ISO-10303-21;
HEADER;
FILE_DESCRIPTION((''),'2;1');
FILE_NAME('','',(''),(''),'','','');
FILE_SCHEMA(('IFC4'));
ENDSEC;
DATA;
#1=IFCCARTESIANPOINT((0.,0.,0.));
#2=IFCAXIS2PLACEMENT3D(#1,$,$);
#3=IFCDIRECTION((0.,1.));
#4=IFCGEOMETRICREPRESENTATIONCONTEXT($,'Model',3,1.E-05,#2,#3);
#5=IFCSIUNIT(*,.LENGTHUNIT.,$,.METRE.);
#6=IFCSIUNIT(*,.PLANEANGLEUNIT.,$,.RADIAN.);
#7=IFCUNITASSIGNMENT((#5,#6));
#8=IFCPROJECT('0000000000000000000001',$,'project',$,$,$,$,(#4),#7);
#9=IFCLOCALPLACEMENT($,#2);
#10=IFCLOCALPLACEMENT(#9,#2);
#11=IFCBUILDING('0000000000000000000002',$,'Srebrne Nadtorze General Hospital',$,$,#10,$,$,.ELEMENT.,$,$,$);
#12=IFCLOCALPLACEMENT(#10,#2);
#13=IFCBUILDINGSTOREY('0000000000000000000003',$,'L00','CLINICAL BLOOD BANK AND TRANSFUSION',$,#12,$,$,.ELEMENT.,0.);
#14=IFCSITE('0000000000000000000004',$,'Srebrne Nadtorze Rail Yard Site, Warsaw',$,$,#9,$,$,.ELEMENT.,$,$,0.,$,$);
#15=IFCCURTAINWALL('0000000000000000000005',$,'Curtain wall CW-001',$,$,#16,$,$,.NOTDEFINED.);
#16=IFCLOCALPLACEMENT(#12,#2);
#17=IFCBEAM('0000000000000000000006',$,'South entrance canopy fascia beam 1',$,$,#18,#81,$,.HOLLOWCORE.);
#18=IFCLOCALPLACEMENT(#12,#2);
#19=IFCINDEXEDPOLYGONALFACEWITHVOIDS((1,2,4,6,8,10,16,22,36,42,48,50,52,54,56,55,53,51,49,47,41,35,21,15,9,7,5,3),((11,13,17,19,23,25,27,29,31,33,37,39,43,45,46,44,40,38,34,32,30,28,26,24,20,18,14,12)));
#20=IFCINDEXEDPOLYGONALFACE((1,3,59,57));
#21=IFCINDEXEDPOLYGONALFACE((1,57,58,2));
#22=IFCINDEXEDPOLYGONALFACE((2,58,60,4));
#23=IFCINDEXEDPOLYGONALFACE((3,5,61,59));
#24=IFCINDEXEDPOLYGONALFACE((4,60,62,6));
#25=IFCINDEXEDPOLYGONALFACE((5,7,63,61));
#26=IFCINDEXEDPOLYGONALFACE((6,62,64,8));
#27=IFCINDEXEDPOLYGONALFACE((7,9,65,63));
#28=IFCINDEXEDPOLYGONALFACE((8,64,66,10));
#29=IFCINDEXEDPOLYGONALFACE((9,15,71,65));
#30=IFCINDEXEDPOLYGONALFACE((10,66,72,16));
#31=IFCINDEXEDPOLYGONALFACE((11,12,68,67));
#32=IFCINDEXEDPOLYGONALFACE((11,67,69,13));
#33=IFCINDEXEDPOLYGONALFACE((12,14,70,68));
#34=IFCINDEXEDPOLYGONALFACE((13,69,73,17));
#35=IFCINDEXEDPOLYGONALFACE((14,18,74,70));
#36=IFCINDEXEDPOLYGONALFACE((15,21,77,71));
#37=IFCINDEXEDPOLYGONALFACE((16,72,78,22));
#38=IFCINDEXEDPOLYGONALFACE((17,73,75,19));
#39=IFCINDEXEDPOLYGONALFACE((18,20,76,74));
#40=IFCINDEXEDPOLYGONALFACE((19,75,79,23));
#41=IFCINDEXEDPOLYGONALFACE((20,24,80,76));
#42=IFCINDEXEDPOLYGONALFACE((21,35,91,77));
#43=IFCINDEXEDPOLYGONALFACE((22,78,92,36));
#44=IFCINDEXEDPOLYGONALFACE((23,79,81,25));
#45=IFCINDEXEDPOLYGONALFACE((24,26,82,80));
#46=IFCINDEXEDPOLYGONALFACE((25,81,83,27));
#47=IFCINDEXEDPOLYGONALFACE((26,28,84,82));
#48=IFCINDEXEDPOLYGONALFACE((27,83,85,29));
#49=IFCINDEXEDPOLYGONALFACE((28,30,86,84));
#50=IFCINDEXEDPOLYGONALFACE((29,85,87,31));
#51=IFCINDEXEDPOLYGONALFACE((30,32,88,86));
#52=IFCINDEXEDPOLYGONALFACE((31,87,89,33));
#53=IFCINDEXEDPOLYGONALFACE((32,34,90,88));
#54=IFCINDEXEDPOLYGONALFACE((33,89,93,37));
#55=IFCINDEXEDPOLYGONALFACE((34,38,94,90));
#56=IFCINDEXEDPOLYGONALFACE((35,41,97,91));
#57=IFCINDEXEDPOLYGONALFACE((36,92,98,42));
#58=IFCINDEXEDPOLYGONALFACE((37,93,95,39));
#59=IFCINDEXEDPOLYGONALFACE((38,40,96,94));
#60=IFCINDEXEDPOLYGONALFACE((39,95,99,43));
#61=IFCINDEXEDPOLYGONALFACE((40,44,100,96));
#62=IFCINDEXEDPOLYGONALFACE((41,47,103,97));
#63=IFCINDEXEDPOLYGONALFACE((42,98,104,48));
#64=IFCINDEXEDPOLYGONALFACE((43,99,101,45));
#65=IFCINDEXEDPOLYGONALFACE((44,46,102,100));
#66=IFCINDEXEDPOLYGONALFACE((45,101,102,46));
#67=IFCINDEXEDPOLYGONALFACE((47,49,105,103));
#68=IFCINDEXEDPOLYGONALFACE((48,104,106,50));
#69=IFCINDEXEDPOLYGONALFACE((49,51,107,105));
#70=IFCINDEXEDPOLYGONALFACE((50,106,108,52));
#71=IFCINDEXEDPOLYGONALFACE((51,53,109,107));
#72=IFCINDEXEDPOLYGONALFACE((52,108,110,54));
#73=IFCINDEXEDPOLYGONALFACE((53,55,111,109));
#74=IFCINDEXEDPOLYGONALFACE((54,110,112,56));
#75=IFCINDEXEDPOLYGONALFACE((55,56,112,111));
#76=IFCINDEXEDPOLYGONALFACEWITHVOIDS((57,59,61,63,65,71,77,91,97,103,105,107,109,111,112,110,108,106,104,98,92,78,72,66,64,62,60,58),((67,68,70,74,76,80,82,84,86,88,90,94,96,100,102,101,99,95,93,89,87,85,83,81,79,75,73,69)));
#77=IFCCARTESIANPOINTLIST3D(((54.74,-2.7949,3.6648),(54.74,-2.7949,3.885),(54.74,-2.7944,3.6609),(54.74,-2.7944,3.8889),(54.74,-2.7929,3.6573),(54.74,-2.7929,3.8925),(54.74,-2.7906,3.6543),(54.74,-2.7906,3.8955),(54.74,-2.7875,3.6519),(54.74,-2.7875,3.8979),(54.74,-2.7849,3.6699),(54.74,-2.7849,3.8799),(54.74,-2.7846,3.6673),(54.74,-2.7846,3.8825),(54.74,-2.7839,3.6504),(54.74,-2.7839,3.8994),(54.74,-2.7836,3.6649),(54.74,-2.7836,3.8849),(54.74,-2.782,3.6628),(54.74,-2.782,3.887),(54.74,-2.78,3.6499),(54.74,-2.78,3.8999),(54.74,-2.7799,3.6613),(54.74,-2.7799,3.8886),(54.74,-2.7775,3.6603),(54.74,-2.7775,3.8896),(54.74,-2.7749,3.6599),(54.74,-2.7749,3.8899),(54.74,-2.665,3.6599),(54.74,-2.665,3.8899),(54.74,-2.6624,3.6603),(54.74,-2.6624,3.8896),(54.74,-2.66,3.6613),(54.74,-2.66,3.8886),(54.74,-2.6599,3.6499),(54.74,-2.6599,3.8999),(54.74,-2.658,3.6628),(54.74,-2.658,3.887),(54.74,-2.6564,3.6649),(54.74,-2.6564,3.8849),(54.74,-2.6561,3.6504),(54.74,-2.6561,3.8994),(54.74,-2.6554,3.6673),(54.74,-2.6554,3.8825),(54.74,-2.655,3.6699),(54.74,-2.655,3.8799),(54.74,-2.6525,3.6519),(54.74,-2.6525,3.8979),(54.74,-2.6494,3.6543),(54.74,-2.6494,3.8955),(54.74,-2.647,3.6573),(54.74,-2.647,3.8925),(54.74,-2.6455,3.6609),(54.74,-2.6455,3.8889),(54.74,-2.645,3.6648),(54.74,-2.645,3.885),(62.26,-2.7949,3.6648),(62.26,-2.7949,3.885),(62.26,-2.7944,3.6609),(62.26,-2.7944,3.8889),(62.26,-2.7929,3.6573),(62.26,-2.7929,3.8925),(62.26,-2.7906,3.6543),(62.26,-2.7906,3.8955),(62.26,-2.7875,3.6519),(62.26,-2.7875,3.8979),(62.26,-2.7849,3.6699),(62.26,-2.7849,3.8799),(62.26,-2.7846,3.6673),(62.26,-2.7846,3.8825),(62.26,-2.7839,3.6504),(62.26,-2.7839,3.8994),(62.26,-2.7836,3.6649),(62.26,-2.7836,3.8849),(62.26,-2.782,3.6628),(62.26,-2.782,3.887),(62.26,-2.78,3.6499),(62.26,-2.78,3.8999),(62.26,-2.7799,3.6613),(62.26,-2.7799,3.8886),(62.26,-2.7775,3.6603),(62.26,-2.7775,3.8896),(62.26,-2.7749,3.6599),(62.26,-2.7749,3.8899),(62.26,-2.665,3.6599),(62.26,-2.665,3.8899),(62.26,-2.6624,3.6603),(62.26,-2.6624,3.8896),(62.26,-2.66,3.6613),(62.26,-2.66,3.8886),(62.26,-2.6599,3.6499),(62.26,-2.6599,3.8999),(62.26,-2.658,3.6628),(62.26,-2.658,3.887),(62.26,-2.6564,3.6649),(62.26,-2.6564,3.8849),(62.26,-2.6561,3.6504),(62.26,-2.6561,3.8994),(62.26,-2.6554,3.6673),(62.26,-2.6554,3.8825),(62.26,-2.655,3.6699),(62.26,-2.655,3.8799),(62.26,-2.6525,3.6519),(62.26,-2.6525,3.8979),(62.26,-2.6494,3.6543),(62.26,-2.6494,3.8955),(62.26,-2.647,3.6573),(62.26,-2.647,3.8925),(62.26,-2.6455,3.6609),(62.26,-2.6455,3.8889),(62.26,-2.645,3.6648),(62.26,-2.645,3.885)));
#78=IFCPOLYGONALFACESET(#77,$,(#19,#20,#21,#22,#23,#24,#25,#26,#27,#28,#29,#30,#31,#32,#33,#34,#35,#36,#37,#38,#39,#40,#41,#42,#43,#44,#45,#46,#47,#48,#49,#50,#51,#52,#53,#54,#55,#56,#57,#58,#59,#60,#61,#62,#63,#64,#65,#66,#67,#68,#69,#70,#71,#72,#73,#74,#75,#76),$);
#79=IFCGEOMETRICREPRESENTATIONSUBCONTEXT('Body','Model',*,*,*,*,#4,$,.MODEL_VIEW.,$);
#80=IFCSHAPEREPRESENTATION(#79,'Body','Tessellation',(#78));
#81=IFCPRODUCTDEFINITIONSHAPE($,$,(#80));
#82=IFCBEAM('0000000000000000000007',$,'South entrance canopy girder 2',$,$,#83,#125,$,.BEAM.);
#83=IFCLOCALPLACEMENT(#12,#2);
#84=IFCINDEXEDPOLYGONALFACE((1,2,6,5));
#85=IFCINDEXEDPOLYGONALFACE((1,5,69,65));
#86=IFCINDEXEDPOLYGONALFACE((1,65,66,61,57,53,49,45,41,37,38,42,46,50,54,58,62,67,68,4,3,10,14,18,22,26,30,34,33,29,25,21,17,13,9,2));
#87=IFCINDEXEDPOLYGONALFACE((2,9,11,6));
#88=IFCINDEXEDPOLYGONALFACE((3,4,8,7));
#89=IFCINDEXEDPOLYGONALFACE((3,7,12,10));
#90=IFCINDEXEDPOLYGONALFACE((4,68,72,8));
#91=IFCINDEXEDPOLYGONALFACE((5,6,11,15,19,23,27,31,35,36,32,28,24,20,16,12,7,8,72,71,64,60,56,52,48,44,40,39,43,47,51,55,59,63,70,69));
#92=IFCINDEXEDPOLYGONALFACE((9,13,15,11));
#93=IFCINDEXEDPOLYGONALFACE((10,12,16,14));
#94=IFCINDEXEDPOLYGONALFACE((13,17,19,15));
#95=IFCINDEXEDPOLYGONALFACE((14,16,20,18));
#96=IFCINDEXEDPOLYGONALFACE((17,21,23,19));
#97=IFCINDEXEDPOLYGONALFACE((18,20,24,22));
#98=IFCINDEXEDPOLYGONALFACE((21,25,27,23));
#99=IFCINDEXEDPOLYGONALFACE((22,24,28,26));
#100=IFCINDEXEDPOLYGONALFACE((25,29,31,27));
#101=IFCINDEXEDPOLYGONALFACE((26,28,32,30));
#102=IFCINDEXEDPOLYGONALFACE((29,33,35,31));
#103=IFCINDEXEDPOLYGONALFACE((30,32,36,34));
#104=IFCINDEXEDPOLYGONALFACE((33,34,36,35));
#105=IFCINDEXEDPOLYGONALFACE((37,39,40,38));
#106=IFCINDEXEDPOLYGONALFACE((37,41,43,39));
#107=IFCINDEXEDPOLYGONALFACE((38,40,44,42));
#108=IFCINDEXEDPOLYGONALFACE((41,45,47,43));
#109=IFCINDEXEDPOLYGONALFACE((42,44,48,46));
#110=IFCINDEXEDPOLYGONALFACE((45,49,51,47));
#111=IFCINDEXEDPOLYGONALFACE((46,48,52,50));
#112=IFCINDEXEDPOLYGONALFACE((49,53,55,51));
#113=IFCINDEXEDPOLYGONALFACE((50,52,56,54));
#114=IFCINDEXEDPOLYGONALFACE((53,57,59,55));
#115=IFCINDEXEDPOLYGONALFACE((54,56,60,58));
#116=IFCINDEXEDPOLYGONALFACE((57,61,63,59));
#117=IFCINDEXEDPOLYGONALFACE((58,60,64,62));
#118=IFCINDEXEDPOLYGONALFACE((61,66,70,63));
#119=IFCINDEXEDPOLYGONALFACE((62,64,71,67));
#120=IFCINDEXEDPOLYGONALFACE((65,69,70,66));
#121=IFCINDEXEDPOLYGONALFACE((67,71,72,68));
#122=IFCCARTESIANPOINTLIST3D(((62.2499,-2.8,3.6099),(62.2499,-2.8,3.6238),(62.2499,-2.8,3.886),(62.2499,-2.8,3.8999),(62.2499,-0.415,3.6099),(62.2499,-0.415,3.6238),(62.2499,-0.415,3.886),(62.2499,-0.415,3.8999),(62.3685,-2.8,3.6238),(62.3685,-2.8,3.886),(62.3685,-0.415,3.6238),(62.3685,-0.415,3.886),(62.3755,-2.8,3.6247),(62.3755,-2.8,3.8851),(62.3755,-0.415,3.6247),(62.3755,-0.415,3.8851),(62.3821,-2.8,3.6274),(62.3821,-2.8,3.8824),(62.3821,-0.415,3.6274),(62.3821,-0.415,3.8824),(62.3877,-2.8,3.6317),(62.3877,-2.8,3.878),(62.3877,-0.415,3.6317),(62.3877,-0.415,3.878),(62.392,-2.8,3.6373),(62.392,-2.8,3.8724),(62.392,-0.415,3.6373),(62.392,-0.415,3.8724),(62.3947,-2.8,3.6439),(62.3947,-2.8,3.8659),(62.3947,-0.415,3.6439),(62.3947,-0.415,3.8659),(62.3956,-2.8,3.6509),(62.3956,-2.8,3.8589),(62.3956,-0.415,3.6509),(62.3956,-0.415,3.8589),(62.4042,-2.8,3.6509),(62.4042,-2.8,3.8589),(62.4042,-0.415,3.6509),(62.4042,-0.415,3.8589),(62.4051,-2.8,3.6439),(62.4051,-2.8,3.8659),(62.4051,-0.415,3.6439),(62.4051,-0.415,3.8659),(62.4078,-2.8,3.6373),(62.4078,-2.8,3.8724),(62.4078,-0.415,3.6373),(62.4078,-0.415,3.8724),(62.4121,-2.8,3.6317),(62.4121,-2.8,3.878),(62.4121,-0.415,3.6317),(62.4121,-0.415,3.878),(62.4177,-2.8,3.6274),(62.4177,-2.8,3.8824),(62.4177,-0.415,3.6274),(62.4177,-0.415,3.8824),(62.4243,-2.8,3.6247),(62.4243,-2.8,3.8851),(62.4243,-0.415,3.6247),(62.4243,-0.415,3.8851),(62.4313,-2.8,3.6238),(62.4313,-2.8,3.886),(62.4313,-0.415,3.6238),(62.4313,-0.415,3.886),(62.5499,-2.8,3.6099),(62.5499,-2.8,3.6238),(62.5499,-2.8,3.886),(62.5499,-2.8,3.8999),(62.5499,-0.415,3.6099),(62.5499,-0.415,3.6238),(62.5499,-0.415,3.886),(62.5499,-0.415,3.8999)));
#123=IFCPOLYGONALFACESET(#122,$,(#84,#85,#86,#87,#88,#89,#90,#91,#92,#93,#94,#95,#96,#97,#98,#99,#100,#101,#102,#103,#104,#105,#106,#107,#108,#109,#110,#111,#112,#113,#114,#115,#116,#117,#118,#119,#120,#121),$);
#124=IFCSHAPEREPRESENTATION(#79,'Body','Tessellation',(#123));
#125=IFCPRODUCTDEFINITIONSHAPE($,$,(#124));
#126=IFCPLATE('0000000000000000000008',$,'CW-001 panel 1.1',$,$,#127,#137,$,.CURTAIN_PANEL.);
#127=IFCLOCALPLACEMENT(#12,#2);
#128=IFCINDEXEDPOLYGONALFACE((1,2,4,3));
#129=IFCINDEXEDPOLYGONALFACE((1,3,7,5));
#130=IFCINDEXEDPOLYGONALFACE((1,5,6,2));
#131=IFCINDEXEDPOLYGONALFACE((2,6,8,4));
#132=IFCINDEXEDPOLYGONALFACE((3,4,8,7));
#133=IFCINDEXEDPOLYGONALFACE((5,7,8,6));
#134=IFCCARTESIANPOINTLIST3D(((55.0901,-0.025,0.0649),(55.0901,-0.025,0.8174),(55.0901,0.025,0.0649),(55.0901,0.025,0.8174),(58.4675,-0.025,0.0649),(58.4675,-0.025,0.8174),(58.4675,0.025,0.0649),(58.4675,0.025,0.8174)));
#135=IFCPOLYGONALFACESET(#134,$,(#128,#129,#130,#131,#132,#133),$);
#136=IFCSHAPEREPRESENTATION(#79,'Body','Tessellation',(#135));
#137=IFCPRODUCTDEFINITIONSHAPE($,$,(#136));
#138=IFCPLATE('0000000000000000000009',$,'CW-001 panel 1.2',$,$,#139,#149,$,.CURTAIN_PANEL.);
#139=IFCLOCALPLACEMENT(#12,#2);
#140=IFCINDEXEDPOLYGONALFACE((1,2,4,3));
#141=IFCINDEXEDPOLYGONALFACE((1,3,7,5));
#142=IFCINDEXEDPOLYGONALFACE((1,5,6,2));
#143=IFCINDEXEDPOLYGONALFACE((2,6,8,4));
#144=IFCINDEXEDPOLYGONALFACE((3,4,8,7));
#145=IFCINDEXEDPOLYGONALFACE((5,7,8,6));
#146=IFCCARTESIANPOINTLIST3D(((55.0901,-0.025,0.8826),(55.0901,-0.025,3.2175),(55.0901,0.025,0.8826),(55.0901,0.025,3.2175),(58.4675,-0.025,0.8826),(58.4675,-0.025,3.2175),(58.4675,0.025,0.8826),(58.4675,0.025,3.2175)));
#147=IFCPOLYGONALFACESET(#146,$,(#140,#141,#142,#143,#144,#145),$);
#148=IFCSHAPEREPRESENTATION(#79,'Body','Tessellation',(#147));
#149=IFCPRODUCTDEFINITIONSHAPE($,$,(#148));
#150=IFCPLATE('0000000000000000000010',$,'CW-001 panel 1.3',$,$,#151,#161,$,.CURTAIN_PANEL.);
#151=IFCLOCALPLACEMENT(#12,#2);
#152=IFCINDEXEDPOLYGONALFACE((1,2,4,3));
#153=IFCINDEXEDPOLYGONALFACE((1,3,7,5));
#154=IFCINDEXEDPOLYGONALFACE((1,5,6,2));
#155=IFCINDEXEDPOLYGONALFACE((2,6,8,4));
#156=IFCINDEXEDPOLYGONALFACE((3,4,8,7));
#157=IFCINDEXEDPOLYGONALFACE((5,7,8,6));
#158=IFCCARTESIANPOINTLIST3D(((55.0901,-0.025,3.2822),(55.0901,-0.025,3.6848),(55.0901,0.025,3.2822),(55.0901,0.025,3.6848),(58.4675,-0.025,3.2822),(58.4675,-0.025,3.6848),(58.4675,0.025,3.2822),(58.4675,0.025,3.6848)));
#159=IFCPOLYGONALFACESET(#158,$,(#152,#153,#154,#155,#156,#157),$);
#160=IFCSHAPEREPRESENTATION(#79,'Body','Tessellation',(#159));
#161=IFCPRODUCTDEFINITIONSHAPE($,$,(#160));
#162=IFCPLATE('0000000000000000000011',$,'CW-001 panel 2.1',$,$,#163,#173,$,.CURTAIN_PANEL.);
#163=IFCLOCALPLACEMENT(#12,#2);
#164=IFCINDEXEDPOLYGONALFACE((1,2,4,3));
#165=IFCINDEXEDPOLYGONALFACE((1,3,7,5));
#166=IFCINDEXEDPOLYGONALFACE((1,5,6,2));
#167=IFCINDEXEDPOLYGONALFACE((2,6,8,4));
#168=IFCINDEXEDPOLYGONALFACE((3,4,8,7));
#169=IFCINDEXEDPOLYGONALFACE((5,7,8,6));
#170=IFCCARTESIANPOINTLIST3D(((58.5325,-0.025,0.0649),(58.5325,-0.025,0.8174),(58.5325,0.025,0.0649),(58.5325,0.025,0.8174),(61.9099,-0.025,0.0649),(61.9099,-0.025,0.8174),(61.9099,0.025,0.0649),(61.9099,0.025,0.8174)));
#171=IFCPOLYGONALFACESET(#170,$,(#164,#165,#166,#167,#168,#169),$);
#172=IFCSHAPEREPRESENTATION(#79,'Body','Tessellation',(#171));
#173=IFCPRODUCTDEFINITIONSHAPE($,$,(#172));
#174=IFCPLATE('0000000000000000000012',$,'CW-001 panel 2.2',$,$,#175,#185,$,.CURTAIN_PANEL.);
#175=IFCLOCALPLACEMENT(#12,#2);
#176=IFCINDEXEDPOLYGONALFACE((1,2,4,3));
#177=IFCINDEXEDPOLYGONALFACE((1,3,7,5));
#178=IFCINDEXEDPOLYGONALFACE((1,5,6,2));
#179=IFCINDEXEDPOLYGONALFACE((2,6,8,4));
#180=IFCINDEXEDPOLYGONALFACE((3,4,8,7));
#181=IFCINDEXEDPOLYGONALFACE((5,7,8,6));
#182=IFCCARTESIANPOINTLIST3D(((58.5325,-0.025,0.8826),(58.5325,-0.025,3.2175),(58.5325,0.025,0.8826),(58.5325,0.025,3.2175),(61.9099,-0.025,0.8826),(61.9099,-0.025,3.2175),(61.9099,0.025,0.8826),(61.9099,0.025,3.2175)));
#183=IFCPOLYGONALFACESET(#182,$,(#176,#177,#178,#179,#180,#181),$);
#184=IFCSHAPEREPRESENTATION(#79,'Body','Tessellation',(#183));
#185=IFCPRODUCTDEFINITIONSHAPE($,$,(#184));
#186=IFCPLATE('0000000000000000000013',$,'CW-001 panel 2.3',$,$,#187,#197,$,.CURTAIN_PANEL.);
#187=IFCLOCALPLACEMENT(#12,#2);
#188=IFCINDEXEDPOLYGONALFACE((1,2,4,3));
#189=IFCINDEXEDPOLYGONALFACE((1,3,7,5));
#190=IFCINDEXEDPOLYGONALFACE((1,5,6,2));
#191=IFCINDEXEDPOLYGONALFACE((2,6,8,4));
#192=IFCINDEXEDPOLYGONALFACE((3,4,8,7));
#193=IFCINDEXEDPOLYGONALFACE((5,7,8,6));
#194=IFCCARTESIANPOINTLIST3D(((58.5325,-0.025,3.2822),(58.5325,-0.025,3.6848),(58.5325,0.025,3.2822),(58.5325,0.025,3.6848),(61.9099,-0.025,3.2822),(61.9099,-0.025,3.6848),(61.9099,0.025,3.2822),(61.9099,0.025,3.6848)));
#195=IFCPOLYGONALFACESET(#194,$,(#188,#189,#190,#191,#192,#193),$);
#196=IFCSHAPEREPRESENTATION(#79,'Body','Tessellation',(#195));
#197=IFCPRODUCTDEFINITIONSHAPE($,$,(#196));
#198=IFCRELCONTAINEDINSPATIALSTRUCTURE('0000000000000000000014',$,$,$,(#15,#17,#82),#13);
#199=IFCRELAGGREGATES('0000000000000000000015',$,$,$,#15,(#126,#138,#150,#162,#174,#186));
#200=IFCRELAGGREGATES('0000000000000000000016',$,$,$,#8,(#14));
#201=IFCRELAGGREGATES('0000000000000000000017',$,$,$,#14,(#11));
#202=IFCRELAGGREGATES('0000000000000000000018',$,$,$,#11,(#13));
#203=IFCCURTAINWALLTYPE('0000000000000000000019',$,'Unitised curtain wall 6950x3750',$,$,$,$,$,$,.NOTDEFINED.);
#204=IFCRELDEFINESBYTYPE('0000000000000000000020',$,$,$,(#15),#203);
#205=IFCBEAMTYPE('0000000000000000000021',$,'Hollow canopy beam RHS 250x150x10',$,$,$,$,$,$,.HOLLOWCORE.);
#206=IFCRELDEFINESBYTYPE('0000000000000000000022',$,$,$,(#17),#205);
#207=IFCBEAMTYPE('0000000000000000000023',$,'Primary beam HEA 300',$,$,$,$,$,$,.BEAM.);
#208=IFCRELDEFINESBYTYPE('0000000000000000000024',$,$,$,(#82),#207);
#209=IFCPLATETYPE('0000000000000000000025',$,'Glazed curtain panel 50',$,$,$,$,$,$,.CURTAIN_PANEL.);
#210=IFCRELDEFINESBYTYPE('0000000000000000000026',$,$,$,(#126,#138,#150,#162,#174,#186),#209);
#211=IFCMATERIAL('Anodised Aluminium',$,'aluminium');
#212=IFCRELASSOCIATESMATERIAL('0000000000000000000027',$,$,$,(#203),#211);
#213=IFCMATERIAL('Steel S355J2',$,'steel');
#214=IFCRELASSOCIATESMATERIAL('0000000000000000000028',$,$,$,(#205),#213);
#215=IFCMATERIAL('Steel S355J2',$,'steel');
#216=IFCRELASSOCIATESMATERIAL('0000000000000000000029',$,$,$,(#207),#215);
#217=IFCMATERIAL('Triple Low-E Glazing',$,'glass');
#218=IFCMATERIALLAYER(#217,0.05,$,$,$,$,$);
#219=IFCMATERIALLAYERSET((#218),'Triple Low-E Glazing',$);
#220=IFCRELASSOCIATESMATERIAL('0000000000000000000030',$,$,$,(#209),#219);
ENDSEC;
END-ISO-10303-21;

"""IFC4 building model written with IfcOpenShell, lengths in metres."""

from ifc_helpers import new_model, si_unit, direction, frame, origin, origin_2d, place, context, subcontext, project, spatial, rectangle, hollow_rectangle, i_section, extrude, material, layer, layer_set, material_profile, profile_set, type_object, element, aggregate, save


model = new_model("IFC4")

# Units and contexts
model_context = context("Model", 3, precision=1e-05, world=origin(), true_north=direction((0.0, 1.0)))
body_context = subcontext(model_context, "Body", "Model", "MODEL_VIEW")
ifc_project = project(units=[si_unit("LENGTHUNIT", "METRE"), si_unit("PLANEANGLEUNIT", "RADIAN")], contexts=[model_context])

# Site, building, storey
site_placement = place(None, origin())
site = spatial("IfcSite", under=ifc_project, at=site_placement, Name="Srebrne Nadtorze Rail Yard Site, Warsaw", CompositionType="ELEMENT", RefElevation=0.0)
building_placement = place(site_placement, origin())
building = spatial("IfcBuilding", under=site, at=building_placement, Name="Srebrne Nadtorze General Hospital", CompositionType="ELEMENT")
storey_placement = place(building_placement, origin())
storey = spatial("IfcBuildingStorey", under=building, at=storey_placement, Name="L00", Description="CLINICAL BLOOD BANK AND TRANSFUSION", CompositionType="ELEMENT", Elevation=0.0)

# Curtain wall
ifc_material_1 = material(Name="Anodised Aluminium", Category="aluminium")
curtain_wall_type = type_object("IfcCurtainWallType", Name="Unitised curtain wall 6950x3750", PredefinedType="NOTDEFINED", material=ifc_material_1)
curtain_wall_placement = place(storey_placement, origin())
curtain_wall = element("IfcCurtainWall", 1, at=curtain_wall_placement, inside=storey, type_object=curtain_wall_type, Name="Curtain wall CW-001", PredefinedType="NOTDEFINED")

# Beams
ifc_material_2 = material(Name="Steel S355J2", Category="steel")
ifc_material_profile_1 = material_profile(ifc_material_2, hollow_rectangle(XDim=0.1499, YDim=0.25, WallThickness=0.01, InnerFilletRadius=0.01, OuterFilletRadius=0.0149, at=origin_2d()), Name="RHS-250x150x10")
ifc_profile_set_1 = profile_set([ifc_material_profile_1], Name="Steel S355J2")
beam_type_1 = type_object("IfcBeamType", Name="Hollow canopy beam RHS 250x150x10", PredefinedType="HOLLOWCORE", material=ifc_profile_set_1)
beam_1_placement = place(storey_placement, frame((54.74, -2.72, 3.7749), z_axis=(1.0, 0.0, 0.0), x_axis=(0.0, 1.0, 0.0)))
element("IfcBeam", 2, at=beam_1_placement, inside=storey, type_object=beam_type_1, Name="South entrance canopy fascia beam 1", PredefinedType="HOLLOWCORE", context=body_context, shape_type="SweptSolid", body=[
    extrude(hollow_rectangle(XDim=0.1499, YDim=0.25, WallThickness=0.01, InnerFilletRadius=0.01, OuterFilletRadius=0.0149, at=origin_2d()), origin(), (0.0, 0.0, 1.0), 7.52),
])
ifc_material_3 = material(Name="Steel S355J2", Category="steel")
ifc_material_profile_2 = material_profile(ifc_material_3, i_section(OverallWidth=0.3, OverallDepth=0.29, WebThickness=0.0085, FlangeThickness=0.0139, FilletRadius=0.0271, at=origin_2d()), Name="HEA-300")
ifc_profile_set_2 = profile_set([ifc_material_profile_2], Name="Steel S355J2")
beam_type_2 = type_object("IfcBeamType", Name="Primary beam HEA 300", PredefinedType="BEAM", material=ifc_profile_set_2)
beam_2_placement = place(storey_placement, frame((62.3999, -0.415, 3.7549), z_axis=(0.0, -1.0, 0.0), x_axis=(1.0, 0.0, 0.0)))
element("IfcBeam", 3, at=beam_2_placement, inside=storey, type_object=beam_type_2, Name="South entrance canopy girder 2", PredefinedType="BEAM", context=body_context, shape_type="SweptSolid", body=[
    extrude(i_section(OverallWidth=0.3, OverallDepth=0.29, WebThickness=0.0085, FlangeThickness=0.0139, FilletRadius=0.0271, at=origin_2d()), origin(), (0.0, 0.0, 1.0), 2.385),
])

# Plates
ifc_material_4 = material(Name="Triple Low-E Glazing", Category="glass")
ifc_layer_1 = layer(ifc_material_4, 0.05)
ifc_layer_set_1 = layer_set([ifc_layer_1], Name="Triple Low-E Glazing")
plate_type = type_object("IfcPlateType", Name="Glazed curtain panel 50", PredefinedType="CURTAIN_PANEL", material=ifc_layer_set_1)
plate_1_placement = place(storey_placement, frame((56.7788, 0.0, 0.0649), z_axis=(0.0, 0.0, 1.0), x_axis=(1.0, 0.0, 0.0)))
plate_1 = element("IfcPlate", 4, at=plate_1_placement, type_object=plate_type, Name="CW-001 panel 1.1", PredefinedType="CURTAIN_PANEL", context=body_context, shape_type="SweptSolid", body=[
    extrude(rectangle(XDim=3.3774, YDim=0.05, at=origin_2d()), origin(), (0.0, 0.0, 1.0), 0.7524),
])
plate_2_placement = place(storey_placement, frame((56.7788, 0.0, 0.8826), z_axis=(0.0, 0.0, 1.0), x_axis=(1.0, 0.0, 0.0)))
plate_2 = element("IfcPlate", 5, at=plate_2_placement, type_object=plate_type, Name="CW-001 panel 1.2", PredefinedType="CURTAIN_PANEL", context=body_context, shape_type="SweptSolid", body=[
    extrude(rectangle(XDim=3.3774, YDim=0.05, at=origin_2d()), origin(), (0.0, 0.0, 1.0), 2.335),
])
plate_3_placement = place(storey_placement, frame((56.7788, 0.0, 3.2822), z_axis=(0.0, 0.0, 1.0), x_axis=(1.0, 0.0, 0.0)))
plate_3 = element("IfcPlate", 6, at=plate_3_placement, type_object=plate_type, Name="CW-001 panel 1.3", PredefinedType="CURTAIN_PANEL", context=body_context, shape_type="SweptSolid", body=[
    extrude(rectangle(XDim=3.3774, YDim=0.05, at=origin_2d()), origin(), (0.0, 0.0, 1.0), 0.4026),
])
plate_4_placement = place(storey_placement, frame((60.2212, 0.0, 0.0649), z_axis=(0.0, 0.0, 1.0), x_axis=(1.0, 0.0, 0.0)))
plate_4 = element("IfcPlate", 7, at=plate_4_placement, type_object=plate_type, Name="CW-001 panel 2.1", PredefinedType="CURTAIN_PANEL", context=body_context, shape_type="SweptSolid", body=[
    extrude(rectangle(XDim=3.3774, YDim=0.05, at=origin_2d()), origin(), (0.0, 0.0, 1.0), 0.7524),
])
plate_5_placement = place(storey_placement, frame((60.2212, 0.0, 0.8826), z_axis=(0.0, 0.0, 1.0), x_axis=(1.0, 0.0, 0.0)))
plate_5 = element("IfcPlate", 8, at=plate_5_placement, type_object=plate_type, Name="CW-001 panel 2.2", PredefinedType="CURTAIN_PANEL", context=body_context, shape_type="SweptSolid", body=[
    extrude(rectangle(XDim=3.3774, YDim=0.05, at=origin_2d()), origin(), (0.0, 0.0, 1.0), 2.335),
])
plate_6_placement = place(storey_placement, frame((60.2212, 0.0, 3.2822), z_axis=(0.0, 0.0, 1.0), x_axis=(1.0, 0.0, 0.0)))
plate_6 = element("IfcPlate", 9, at=plate_6_placement, type_object=plate_type, Name="CW-001 panel 2.3", PredefinedType="CURTAIN_PANEL", context=body_context, shape_type="SweptSolid", body=[
    extrude(rectangle(XDim=3.3774, YDim=0.05, at=origin_2d()), origin(), (0.0, 0.0, 1.0), 0.4026),
])
aggregate(curtain_wall, [plate_1, plate_2, plate_3, plate_4, plate_5, plate_6])

save(model, "model.ifc")
